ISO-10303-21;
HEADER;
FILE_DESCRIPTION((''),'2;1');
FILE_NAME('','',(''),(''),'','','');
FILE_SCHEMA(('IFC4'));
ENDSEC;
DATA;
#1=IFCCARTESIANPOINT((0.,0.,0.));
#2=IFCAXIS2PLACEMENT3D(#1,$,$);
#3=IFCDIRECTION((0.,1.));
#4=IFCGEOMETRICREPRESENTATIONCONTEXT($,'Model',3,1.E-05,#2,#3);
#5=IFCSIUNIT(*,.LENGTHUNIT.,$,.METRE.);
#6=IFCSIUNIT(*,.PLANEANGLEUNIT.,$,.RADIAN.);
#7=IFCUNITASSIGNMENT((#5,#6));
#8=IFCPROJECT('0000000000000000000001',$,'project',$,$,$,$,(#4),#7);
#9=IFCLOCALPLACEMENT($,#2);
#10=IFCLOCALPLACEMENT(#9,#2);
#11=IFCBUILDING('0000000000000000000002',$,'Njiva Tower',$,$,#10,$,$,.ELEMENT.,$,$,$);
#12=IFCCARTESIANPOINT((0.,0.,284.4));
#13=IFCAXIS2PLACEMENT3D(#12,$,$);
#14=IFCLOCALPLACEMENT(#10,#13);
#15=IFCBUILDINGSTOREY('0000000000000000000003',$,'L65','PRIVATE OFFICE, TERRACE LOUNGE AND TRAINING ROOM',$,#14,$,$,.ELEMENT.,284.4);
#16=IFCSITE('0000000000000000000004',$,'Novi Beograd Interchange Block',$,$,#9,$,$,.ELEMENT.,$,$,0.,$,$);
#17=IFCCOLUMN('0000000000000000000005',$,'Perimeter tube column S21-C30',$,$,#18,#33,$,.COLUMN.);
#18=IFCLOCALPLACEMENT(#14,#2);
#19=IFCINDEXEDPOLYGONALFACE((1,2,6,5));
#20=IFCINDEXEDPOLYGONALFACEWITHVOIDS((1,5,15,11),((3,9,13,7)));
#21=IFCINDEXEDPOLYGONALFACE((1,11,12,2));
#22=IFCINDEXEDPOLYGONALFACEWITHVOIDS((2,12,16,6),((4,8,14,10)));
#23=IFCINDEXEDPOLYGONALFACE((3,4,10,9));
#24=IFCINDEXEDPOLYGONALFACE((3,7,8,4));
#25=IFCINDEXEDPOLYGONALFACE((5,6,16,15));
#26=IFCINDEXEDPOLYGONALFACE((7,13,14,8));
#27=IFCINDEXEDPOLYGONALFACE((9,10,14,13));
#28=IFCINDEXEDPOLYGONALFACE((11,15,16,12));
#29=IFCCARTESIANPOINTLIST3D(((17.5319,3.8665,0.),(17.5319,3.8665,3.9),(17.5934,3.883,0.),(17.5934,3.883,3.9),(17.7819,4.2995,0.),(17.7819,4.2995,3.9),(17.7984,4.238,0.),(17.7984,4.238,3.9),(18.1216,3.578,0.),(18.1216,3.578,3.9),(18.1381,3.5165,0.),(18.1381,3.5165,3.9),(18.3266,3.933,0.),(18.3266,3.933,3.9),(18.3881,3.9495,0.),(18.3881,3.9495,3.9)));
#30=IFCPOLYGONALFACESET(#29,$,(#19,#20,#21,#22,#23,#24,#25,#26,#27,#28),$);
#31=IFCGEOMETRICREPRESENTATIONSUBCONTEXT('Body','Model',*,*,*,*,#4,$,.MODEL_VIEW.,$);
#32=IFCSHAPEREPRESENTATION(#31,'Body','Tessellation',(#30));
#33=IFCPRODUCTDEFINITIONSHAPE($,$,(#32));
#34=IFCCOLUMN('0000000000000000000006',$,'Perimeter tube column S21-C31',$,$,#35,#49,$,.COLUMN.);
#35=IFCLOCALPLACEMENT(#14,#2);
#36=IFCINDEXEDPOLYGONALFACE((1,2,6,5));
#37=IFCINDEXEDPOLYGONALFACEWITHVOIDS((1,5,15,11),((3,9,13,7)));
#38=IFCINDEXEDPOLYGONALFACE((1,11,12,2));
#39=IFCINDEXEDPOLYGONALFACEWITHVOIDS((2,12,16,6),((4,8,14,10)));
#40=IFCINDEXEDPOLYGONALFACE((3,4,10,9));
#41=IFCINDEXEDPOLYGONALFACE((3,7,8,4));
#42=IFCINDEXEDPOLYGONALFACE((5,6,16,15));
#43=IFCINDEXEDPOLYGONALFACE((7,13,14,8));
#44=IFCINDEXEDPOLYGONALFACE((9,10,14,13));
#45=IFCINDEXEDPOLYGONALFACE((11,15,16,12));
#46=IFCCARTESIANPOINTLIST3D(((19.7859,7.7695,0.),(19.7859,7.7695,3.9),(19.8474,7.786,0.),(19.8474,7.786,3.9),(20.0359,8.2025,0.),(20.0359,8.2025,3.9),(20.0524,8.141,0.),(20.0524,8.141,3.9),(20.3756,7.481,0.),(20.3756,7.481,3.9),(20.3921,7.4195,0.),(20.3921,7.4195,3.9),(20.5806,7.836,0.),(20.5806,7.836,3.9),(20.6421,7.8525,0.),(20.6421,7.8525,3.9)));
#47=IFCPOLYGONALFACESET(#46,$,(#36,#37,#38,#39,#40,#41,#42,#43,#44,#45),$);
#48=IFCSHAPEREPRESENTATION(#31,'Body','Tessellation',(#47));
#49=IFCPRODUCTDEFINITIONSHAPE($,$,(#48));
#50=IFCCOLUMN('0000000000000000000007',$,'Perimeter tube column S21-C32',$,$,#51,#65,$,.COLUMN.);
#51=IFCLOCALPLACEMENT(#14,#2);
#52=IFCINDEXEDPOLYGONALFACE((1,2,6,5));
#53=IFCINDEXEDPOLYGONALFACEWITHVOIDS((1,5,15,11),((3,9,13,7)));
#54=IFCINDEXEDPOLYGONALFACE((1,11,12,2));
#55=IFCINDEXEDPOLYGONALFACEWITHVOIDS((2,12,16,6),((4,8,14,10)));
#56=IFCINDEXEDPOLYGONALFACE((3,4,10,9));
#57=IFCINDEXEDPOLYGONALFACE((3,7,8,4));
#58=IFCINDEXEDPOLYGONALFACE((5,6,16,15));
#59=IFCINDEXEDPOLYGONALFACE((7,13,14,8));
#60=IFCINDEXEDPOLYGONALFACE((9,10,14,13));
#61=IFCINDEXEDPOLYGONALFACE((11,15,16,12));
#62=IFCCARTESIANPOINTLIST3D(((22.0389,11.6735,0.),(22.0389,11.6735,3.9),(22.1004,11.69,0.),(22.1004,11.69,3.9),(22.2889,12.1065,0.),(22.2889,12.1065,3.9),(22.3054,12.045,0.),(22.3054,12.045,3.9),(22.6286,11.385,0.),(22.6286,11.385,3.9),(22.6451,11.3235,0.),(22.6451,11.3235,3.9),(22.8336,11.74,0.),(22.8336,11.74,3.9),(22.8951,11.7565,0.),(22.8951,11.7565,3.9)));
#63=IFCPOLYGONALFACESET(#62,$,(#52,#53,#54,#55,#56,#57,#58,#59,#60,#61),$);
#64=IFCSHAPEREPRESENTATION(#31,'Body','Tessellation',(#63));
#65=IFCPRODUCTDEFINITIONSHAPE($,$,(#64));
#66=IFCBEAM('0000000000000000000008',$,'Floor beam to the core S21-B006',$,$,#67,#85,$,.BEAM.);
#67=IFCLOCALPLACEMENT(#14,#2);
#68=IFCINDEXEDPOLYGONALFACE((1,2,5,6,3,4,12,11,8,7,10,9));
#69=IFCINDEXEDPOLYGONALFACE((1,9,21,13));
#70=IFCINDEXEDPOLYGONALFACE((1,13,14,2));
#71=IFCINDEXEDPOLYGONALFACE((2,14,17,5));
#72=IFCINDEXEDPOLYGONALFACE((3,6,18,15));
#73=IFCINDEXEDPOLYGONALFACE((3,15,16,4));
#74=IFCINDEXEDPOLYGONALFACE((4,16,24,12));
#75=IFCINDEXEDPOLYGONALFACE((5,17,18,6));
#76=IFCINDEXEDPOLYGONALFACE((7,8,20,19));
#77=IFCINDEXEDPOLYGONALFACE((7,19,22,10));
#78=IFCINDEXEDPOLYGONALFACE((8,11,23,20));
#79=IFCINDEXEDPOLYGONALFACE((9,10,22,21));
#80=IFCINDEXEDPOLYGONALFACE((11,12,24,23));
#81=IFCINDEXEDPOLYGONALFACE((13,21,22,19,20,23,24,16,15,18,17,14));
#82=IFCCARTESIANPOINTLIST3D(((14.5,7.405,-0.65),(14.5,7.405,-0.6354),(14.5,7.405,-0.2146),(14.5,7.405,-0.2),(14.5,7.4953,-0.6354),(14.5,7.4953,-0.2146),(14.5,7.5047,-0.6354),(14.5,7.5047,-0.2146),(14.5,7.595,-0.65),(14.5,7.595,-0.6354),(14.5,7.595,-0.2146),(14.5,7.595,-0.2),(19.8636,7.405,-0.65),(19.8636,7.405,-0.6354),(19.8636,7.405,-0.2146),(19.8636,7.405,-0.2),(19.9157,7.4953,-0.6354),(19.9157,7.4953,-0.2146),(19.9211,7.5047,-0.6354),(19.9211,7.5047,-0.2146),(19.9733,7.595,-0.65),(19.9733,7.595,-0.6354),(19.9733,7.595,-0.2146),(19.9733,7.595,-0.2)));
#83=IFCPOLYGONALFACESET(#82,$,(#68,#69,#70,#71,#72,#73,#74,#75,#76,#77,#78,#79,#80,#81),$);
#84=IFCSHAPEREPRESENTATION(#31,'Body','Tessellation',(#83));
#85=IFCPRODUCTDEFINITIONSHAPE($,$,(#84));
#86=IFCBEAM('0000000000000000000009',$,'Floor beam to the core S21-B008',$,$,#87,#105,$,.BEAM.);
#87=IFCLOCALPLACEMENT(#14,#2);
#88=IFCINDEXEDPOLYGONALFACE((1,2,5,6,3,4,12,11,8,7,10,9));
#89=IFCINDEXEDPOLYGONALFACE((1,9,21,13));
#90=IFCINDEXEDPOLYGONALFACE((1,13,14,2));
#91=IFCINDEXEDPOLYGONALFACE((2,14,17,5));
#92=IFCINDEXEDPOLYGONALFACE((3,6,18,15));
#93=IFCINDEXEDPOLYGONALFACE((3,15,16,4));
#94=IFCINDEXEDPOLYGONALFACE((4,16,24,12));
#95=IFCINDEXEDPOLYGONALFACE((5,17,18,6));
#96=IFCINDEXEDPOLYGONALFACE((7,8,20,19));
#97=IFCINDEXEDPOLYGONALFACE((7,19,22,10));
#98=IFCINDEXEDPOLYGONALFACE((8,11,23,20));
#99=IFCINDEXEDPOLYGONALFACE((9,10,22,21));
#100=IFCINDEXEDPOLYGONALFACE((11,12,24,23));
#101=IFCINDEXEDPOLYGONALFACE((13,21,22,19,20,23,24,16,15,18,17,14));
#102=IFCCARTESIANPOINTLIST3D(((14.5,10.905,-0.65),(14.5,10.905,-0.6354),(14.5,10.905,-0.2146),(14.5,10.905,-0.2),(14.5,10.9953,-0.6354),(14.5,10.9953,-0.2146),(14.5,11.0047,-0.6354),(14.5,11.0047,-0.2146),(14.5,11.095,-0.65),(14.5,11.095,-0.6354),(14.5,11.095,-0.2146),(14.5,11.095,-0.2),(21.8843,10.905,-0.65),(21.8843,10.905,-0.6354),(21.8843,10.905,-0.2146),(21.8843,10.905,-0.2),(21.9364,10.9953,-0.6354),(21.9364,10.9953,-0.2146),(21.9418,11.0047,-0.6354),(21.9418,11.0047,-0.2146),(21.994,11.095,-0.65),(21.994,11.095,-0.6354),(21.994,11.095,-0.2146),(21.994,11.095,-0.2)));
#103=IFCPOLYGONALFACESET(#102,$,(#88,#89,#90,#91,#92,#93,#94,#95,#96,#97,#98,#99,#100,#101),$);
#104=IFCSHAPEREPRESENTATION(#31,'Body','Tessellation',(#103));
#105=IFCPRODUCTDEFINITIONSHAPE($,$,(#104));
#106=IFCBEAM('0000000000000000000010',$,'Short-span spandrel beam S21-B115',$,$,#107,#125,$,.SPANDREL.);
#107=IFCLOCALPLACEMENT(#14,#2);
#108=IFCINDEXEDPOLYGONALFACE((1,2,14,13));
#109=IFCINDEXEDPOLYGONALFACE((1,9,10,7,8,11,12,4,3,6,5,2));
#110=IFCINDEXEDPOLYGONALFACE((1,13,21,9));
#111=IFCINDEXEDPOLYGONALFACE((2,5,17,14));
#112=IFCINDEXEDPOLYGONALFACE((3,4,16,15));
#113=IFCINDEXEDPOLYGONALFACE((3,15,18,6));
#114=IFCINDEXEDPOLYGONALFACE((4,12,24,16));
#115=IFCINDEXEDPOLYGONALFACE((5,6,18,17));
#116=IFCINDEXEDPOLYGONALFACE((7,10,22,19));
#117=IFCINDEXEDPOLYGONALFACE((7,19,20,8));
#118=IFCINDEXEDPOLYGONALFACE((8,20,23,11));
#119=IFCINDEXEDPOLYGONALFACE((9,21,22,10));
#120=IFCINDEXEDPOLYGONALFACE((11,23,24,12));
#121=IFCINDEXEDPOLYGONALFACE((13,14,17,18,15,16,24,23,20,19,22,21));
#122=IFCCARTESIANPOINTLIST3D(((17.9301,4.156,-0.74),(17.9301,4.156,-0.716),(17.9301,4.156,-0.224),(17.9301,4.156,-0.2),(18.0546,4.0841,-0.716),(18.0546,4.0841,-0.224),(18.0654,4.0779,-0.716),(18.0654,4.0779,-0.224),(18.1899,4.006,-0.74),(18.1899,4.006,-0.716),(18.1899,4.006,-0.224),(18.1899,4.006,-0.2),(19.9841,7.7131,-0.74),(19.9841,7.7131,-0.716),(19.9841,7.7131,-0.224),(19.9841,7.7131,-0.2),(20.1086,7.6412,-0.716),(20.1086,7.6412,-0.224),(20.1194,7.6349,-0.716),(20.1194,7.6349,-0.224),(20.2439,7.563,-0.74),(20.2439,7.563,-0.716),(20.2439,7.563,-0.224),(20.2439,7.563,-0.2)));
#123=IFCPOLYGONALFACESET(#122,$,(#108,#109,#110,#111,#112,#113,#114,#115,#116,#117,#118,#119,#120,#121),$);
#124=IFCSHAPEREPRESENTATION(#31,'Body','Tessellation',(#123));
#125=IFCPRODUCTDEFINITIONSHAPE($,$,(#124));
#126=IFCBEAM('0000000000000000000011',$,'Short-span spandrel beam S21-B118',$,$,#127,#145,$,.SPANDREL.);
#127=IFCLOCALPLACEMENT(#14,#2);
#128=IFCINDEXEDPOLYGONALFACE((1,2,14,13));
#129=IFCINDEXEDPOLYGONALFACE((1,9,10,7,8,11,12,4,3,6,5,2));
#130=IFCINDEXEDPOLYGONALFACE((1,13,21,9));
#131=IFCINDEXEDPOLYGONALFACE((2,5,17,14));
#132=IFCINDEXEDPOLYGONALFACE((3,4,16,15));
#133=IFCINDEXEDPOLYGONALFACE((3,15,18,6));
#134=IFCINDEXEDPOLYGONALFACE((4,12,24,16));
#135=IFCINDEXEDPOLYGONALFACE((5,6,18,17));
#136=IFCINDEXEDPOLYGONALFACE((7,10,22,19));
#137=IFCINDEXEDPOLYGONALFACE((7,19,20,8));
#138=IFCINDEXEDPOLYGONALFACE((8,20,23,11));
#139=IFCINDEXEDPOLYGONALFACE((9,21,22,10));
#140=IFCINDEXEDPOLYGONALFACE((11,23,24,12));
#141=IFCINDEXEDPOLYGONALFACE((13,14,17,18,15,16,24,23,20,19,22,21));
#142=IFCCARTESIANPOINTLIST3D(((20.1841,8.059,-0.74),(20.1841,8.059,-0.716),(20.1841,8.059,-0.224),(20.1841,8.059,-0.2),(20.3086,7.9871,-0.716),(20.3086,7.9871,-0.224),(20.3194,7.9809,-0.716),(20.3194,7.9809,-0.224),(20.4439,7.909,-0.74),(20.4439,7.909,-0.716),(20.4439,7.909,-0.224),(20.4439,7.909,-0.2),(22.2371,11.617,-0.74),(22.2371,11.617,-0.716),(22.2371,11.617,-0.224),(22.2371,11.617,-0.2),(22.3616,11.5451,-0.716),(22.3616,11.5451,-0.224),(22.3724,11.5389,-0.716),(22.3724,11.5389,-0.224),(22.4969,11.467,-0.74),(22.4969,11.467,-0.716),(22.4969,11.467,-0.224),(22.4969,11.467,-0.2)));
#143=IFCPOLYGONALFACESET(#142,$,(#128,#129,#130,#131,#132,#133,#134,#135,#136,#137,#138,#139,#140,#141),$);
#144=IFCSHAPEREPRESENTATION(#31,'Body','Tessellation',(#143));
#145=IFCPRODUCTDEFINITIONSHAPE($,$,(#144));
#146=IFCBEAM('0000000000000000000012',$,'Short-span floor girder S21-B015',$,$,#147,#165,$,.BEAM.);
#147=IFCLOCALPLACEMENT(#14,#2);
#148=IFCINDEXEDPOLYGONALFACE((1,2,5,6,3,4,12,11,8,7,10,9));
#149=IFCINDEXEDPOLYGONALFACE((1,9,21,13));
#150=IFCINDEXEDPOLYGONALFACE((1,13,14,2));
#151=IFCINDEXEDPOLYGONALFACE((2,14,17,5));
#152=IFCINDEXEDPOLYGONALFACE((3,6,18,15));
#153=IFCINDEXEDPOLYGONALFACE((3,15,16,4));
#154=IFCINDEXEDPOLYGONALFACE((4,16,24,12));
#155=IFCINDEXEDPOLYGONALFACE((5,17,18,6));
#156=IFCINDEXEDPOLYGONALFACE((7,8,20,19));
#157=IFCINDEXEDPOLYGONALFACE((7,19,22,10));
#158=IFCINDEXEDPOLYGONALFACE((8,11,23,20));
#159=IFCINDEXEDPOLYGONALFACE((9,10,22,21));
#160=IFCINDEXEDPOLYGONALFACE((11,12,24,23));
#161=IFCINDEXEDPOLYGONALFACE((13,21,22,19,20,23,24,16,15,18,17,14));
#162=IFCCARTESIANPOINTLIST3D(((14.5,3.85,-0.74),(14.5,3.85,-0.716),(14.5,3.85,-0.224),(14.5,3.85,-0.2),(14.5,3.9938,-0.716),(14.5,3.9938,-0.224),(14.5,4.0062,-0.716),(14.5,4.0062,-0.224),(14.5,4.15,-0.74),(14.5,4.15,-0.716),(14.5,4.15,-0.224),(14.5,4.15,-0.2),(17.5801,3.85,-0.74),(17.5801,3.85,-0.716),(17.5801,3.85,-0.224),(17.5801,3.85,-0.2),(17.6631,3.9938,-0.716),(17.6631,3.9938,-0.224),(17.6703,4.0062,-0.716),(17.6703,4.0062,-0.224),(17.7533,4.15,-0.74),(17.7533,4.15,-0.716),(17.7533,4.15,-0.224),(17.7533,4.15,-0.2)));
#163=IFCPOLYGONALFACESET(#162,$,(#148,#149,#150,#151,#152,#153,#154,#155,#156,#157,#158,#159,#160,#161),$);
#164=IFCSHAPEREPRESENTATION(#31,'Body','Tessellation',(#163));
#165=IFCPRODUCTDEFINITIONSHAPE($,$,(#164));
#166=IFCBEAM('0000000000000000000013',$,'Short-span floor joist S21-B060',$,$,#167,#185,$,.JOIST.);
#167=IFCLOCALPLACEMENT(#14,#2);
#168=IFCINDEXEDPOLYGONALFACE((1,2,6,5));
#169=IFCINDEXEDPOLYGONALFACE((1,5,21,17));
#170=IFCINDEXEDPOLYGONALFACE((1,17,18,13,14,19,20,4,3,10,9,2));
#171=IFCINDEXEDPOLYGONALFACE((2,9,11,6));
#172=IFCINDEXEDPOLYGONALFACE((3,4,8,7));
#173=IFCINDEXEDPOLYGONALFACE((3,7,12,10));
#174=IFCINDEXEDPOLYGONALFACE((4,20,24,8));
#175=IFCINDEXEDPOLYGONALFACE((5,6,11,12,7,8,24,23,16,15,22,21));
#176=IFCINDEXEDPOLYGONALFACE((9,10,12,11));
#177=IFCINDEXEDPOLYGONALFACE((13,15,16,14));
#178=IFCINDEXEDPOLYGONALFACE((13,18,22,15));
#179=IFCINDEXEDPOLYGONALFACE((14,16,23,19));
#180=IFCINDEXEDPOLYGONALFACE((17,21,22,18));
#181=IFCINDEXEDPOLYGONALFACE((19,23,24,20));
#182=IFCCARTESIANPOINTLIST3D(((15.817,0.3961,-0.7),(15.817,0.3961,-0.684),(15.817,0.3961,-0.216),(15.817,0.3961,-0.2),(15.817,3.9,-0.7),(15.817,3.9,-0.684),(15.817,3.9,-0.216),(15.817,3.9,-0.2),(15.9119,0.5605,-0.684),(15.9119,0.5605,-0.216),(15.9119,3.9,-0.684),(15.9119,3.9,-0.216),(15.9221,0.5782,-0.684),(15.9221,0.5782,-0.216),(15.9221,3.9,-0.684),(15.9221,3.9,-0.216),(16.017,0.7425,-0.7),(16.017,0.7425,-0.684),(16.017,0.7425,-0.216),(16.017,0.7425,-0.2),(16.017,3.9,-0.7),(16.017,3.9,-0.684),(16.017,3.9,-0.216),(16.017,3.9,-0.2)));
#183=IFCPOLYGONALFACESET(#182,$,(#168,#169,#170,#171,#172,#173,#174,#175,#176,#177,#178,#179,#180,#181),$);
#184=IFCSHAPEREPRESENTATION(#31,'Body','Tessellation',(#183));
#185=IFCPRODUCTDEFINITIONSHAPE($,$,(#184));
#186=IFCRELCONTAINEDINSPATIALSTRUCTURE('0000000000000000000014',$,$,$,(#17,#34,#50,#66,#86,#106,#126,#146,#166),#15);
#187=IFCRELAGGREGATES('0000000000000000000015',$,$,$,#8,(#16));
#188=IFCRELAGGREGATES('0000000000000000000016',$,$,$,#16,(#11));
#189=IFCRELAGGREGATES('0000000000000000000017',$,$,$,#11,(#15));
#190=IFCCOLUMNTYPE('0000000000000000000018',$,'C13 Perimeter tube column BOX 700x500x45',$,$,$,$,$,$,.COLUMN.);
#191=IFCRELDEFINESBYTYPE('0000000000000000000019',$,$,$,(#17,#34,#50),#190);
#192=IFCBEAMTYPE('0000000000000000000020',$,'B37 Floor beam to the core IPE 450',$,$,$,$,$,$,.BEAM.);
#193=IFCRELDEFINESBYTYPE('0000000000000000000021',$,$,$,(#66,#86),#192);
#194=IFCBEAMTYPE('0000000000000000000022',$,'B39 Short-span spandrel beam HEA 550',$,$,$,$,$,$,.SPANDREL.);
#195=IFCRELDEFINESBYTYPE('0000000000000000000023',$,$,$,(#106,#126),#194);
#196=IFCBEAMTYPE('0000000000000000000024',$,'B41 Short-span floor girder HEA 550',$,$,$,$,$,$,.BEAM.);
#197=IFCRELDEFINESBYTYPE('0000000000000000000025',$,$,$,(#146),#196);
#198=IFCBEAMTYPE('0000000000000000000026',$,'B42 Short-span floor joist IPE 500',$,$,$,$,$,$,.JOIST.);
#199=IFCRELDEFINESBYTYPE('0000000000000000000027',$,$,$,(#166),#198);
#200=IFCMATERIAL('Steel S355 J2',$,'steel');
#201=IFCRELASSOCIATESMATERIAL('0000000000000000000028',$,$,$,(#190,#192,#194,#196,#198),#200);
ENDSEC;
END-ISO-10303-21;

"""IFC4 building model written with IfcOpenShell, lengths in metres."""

from ifc_helpers import new_model, si_unit, direction, frame, origin, origin_2d, place, context, subcontext, project, spatial, hollow_rectangle, i_section, extrude, clip, halfspace, material, material_profile, profile_set, type_object, element, save


model = new_model("IFC4")

# Units and contexts
model_context = context("Model", 3, precision=1e-05, world=origin(), true_north=direction((0.0, 1.0)))
body_context = subcontext(model_context, "Body", "Model", "MODEL_VIEW")
ifc_project = project(units=[si_unit("LENGTHUNIT", "METRE"), si_unit("PLANEANGLEUNIT", "RADIAN")], contexts=[model_context])

# Site, building, storey
site_placement = place(None, origin())
site = spatial("IfcSite", under=ifc_project, at=site_placement, Name="Novi Beograd Interchange Block", CompositionType="ELEMENT", RefElevation=0.0)
building_placement = place(site_placement, origin())
building = spatial("IfcBuilding", under=site, at=building_placement, Name="Njiva Tower", CompositionType="ELEMENT")
storey_placement = place(building_placement, frame((0.0, 0.0, 284.4)))
storey = spatial("IfcBuildingStorey", under=building, at=storey_placement, Name="L65", Description="PRIVATE OFFICE, TERRACE LOUNGE AND TRAINING ROOM", CompositionType="ELEMENT", Elevation=284.4)

# Columns
ifc_material_1 = material(Name="Steel S355 J2", Category="steel")
ifc_material_profile_1 = material_profile(ifc_material_1, hollow_rectangle(XDim=0.5, YDim=0.7, WallThickness=0.045, at=origin_2d()), Name="BOX 700x500x45")
ifc_profile_set_1 = profile_set([ifc_material_profile_1], Name="Steel S355 J2")
column_type = type_object("IfcColumnType", Name="C13 Perimeter tube column BOX 700x500x45", PredefinedType="COLUMN", material=ifc_profile_set_1)
for number, where, z_axis, x_axis, name in (
    (1, (17.96, 3.908, 0.0), (0.0, 0.0, 1.0), (0.5, 0.866025, 0.0), "Perimeter tube column S21-C30"),
    (2, (20.214, 7.811, 0.0), (0.0, 0.0, 1.0), (0.5, 0.866025, 0.0), "Perimeter tube column S21-C31"),
    (3, (22.467, 11.715, 0.0), (0.0, 0.0, 1.0), (0.5, 0.866025, 0.0), "Perimeter tube column S21-C32"),
):
    element("IfcColumn", number, at=place(storey_placement, frame(where, z_axis=z_axis, x_axis=x_axis)), inside=storey, type_object=column_type, Name=name, PredefinedType="COLUMN", context=body_context, shape_type="SweptSolid", body=[
        extrude(hollow_rectangle(XDim=0.5, YDim=0.7, WallThickness=0.045, at=origin_2d()), origin(), (0.0, 0.0, 1.0), 3.9),
    ])

# Beams
ifc_material_profile_2 = material_profile(ifc_material_1, i_section(OverallWidth=0.19, OverallDepth=0.45, WebThickness=0.0094, FlangeThickness=0.0146, at=origin_2d()), Name="IPE 450")
ifc_profile_set_2 = profile_set([ifc_material_profile_2], Name="Steel S355 J2")
beam_type_1 = type_object("IfcBeamType", Name="B37 Floor beam to the core IPE 450", PredefinedType="BEAM", material=ifc_profile_set_2)
beam_1_placement = place(storey_placement, frame((14.5, 7.5, -0.425), z_axis=(1.0, 0.0, 0.0), x_axis=(0.0, 1.0, 0.0)))
element("IfcBeam", 4, at=beam_1_placement, inside=storey, type_object=beam_type_1, Name="Floor beam to the core S21-B006", PredefinedType="BEAM", context=body_context, shape_type="Clipping", body=[
    clip(extrude(i_section(OverallWidth=0.19, OverallDepth=0.45, WebThickness=0.0094, FlangeThickness=0.0146, at=origin_2d()), origin(), (0.0, 0.0, 1.0), 5.493), halfspace(frame((-0.025, 0.0, 5.404), z_axis=(-0.499998, 0.0, 0.866027), x_axis=(0.0, 1.0, 0.0)), False)),
])
beam_2_placement = place(storey_placement, frame((14.5, 11.0, -0.425), z_axis=(1.0, 0.0, 0.0), x_axis=(0.0, 1.0, 0.0)))
element("IfcBeam", 5, at=beam_2_placement, inside=storey, type_object=beam_type_1, Name="Floor beam to the core S21-B008", PredefinedType="BEAM", context=body_context, shape_type="Clipping", body=[
    clip(extrude(i_section(OverallWidth=0.19, OverallDepth=0.45, WebThickness=0.0094, FlangeThickness=0.0146, at=origin_2d()), origin(), (0.0, 0.0, 1.0), 7.514), halfspace(frame((-0.025, 0.0, 7.4247), z_axis=(-0.499998, 0.0, 0.866027), x_axis=(0.0, 1.0, 0.0)), False)),
])
ifc_material_profile_3 = material_profile(ifc_material_1, i_section(OverallWidth=0.3, OverallDepth=0.54, WebThickness=0.0125, FlangeThickness=0.024, at=origin_2d()), Name="HEA 550")
ifc_profile_set_3 = profile_set([ifc_material_profile_3], Name="Steel S355 J2")
beam_type_2 = type_object("IfcBeamType", Name="B39 Short-span spandrel beam HEA 550", PredefinedType="SPANDREL", material=ifc_profile_set_3)
beam_3_placement = place(storey_placement, frame((18.06, 4.081, -0.47), z_axis=(0.500067, 0.865987, 0.0), x_axis=(-0.865987, 0.500067, 0.0)))
element("IfcBeam", 6, at=beam_3_placement, inside=storey, type_object=beam_type_2, Name="Short-span spandrel beam S21-B115", PredefinedType="SPANDREL", context=body_context, shape_type="SweptSolid", body=[
    extrude(i_section(OverallWidth=0.3, OverallDepth=0.54, WebThickness=0.0125, FlangeThickness=0.024, at=origin_2d()), origin(), (0.0, 0.0, 1.0), 4.1075),
])
beam_4_placement = place(storey_placement, frame((20.314, 7.984, -0.47), z_axis=(0.499779, 0.866153, 0.0), x_axis=(-0.866153, 0.499779, 0.0)))
element("IfcBeam", 7, at=beam_4_placement, inside=storey, type_object=beam_type_2, Name="Short-span spandrel beam S21-B118", PredefinedType="SPANDREL", context=body_context, shape_type="SweptSolid", body=[
    extrude(i_section(OverallWidth=0.3, OverallDepth=0.54, WebThickness=0.0125, FlangeThickness=0.024, at=origin_2d()), origin(), (0.0, 0.0, 1.0), 4.1078),
])
ifc_material_profile_4 = material_profile(ifc_material_1, i_section(OverallWidth=0.3, OverallDepth=0.54, WebThickness=0.0125, FlangeThickness=0.024, at=origin_2d()), Name="HEA 550")
ifc_profile_set_4 = profile_set([ifc_material_profile_4], Name="Steel S355 J2")
beam_type_3 = type_object("IfcBeamType", Name="B41 Short-span floor girder HEA 550", PredefinedType="BEAM", material=ifc_profile_set_4)
beam_5_placement = place(storey_placement, frame((14.5, 4.0, -0.47), z_axis=(1.0, 0.0, 0.0), x_axis=(0.0, 1.0, 0.0)))
element("IfcBeam", 8, at=beam_5_placement, inside=storey, type_object=beam_type_3, Name="Short-span floor girder S21-B015", PredefinedType="BEAM", context=body_context, shape_type="Clipping", body=[
    clip(extrude(i_section(OverallWidth=0.3, OverallDepth=0.54, WebThickness=0.0125, FlangeThickness=0.024, at=origin_2d()), origin(), (0.0, 0.0, 1.0), 3.274), halfspace(frame((-0.025, 0.0, 3.1523), z_axis=(-0.499998, 0.0, 0.866027), x_axis=(0.0, 1.0, 0.0)), False)),
])
ifc_material_profile_5 = material_profile(ifc_material_1, i_section(OverallWidth=0.2, OverallDepth=0.5, WebThickness=0.0102, FlangeThickness=0.016, at=origin_2d()), Name="IPE 500")
ifc_profile_set_5 = profile_set([ifc_material_profile_5], Name="Steel S355 J2")
beam_type_4 = type_object("IfcBeamType", Name="B42 Short-span floor joist IPE 500", PredefinedType="JOIST", material=ifc_profile_set_5)
beam_6_placement = place(storey_placement, frame((15.917, 3.9, -0.45), z_axis=(0.0, -1.0, 0.0), x_axis=(1.0, 0.0, 0.0)))
element("IfcBeam", 9, at=beam_6_placement, inside=storey, type_object=beam_type_4, Name="Short-span floor joist S21-B060", PredefinedType="JOIST", context=body_context, shape_type="Clipping", body=[
    clip(extrude(i_section(OverallWidth=0.2, OverallDepth=0.5, WebThickness=0.0102, FlangeThickness=0.016, at=origin_2d()), origin(), (0.0, 0.0, 1.0), 3.524), halfspace(frame((0.043, 0.0, 3.2562), z_axis=(0.866027, 0.0, 0.499998), x_axis=(0.0, 1.0, 0.0)), False)),
])

save(model, "model.ifc")
